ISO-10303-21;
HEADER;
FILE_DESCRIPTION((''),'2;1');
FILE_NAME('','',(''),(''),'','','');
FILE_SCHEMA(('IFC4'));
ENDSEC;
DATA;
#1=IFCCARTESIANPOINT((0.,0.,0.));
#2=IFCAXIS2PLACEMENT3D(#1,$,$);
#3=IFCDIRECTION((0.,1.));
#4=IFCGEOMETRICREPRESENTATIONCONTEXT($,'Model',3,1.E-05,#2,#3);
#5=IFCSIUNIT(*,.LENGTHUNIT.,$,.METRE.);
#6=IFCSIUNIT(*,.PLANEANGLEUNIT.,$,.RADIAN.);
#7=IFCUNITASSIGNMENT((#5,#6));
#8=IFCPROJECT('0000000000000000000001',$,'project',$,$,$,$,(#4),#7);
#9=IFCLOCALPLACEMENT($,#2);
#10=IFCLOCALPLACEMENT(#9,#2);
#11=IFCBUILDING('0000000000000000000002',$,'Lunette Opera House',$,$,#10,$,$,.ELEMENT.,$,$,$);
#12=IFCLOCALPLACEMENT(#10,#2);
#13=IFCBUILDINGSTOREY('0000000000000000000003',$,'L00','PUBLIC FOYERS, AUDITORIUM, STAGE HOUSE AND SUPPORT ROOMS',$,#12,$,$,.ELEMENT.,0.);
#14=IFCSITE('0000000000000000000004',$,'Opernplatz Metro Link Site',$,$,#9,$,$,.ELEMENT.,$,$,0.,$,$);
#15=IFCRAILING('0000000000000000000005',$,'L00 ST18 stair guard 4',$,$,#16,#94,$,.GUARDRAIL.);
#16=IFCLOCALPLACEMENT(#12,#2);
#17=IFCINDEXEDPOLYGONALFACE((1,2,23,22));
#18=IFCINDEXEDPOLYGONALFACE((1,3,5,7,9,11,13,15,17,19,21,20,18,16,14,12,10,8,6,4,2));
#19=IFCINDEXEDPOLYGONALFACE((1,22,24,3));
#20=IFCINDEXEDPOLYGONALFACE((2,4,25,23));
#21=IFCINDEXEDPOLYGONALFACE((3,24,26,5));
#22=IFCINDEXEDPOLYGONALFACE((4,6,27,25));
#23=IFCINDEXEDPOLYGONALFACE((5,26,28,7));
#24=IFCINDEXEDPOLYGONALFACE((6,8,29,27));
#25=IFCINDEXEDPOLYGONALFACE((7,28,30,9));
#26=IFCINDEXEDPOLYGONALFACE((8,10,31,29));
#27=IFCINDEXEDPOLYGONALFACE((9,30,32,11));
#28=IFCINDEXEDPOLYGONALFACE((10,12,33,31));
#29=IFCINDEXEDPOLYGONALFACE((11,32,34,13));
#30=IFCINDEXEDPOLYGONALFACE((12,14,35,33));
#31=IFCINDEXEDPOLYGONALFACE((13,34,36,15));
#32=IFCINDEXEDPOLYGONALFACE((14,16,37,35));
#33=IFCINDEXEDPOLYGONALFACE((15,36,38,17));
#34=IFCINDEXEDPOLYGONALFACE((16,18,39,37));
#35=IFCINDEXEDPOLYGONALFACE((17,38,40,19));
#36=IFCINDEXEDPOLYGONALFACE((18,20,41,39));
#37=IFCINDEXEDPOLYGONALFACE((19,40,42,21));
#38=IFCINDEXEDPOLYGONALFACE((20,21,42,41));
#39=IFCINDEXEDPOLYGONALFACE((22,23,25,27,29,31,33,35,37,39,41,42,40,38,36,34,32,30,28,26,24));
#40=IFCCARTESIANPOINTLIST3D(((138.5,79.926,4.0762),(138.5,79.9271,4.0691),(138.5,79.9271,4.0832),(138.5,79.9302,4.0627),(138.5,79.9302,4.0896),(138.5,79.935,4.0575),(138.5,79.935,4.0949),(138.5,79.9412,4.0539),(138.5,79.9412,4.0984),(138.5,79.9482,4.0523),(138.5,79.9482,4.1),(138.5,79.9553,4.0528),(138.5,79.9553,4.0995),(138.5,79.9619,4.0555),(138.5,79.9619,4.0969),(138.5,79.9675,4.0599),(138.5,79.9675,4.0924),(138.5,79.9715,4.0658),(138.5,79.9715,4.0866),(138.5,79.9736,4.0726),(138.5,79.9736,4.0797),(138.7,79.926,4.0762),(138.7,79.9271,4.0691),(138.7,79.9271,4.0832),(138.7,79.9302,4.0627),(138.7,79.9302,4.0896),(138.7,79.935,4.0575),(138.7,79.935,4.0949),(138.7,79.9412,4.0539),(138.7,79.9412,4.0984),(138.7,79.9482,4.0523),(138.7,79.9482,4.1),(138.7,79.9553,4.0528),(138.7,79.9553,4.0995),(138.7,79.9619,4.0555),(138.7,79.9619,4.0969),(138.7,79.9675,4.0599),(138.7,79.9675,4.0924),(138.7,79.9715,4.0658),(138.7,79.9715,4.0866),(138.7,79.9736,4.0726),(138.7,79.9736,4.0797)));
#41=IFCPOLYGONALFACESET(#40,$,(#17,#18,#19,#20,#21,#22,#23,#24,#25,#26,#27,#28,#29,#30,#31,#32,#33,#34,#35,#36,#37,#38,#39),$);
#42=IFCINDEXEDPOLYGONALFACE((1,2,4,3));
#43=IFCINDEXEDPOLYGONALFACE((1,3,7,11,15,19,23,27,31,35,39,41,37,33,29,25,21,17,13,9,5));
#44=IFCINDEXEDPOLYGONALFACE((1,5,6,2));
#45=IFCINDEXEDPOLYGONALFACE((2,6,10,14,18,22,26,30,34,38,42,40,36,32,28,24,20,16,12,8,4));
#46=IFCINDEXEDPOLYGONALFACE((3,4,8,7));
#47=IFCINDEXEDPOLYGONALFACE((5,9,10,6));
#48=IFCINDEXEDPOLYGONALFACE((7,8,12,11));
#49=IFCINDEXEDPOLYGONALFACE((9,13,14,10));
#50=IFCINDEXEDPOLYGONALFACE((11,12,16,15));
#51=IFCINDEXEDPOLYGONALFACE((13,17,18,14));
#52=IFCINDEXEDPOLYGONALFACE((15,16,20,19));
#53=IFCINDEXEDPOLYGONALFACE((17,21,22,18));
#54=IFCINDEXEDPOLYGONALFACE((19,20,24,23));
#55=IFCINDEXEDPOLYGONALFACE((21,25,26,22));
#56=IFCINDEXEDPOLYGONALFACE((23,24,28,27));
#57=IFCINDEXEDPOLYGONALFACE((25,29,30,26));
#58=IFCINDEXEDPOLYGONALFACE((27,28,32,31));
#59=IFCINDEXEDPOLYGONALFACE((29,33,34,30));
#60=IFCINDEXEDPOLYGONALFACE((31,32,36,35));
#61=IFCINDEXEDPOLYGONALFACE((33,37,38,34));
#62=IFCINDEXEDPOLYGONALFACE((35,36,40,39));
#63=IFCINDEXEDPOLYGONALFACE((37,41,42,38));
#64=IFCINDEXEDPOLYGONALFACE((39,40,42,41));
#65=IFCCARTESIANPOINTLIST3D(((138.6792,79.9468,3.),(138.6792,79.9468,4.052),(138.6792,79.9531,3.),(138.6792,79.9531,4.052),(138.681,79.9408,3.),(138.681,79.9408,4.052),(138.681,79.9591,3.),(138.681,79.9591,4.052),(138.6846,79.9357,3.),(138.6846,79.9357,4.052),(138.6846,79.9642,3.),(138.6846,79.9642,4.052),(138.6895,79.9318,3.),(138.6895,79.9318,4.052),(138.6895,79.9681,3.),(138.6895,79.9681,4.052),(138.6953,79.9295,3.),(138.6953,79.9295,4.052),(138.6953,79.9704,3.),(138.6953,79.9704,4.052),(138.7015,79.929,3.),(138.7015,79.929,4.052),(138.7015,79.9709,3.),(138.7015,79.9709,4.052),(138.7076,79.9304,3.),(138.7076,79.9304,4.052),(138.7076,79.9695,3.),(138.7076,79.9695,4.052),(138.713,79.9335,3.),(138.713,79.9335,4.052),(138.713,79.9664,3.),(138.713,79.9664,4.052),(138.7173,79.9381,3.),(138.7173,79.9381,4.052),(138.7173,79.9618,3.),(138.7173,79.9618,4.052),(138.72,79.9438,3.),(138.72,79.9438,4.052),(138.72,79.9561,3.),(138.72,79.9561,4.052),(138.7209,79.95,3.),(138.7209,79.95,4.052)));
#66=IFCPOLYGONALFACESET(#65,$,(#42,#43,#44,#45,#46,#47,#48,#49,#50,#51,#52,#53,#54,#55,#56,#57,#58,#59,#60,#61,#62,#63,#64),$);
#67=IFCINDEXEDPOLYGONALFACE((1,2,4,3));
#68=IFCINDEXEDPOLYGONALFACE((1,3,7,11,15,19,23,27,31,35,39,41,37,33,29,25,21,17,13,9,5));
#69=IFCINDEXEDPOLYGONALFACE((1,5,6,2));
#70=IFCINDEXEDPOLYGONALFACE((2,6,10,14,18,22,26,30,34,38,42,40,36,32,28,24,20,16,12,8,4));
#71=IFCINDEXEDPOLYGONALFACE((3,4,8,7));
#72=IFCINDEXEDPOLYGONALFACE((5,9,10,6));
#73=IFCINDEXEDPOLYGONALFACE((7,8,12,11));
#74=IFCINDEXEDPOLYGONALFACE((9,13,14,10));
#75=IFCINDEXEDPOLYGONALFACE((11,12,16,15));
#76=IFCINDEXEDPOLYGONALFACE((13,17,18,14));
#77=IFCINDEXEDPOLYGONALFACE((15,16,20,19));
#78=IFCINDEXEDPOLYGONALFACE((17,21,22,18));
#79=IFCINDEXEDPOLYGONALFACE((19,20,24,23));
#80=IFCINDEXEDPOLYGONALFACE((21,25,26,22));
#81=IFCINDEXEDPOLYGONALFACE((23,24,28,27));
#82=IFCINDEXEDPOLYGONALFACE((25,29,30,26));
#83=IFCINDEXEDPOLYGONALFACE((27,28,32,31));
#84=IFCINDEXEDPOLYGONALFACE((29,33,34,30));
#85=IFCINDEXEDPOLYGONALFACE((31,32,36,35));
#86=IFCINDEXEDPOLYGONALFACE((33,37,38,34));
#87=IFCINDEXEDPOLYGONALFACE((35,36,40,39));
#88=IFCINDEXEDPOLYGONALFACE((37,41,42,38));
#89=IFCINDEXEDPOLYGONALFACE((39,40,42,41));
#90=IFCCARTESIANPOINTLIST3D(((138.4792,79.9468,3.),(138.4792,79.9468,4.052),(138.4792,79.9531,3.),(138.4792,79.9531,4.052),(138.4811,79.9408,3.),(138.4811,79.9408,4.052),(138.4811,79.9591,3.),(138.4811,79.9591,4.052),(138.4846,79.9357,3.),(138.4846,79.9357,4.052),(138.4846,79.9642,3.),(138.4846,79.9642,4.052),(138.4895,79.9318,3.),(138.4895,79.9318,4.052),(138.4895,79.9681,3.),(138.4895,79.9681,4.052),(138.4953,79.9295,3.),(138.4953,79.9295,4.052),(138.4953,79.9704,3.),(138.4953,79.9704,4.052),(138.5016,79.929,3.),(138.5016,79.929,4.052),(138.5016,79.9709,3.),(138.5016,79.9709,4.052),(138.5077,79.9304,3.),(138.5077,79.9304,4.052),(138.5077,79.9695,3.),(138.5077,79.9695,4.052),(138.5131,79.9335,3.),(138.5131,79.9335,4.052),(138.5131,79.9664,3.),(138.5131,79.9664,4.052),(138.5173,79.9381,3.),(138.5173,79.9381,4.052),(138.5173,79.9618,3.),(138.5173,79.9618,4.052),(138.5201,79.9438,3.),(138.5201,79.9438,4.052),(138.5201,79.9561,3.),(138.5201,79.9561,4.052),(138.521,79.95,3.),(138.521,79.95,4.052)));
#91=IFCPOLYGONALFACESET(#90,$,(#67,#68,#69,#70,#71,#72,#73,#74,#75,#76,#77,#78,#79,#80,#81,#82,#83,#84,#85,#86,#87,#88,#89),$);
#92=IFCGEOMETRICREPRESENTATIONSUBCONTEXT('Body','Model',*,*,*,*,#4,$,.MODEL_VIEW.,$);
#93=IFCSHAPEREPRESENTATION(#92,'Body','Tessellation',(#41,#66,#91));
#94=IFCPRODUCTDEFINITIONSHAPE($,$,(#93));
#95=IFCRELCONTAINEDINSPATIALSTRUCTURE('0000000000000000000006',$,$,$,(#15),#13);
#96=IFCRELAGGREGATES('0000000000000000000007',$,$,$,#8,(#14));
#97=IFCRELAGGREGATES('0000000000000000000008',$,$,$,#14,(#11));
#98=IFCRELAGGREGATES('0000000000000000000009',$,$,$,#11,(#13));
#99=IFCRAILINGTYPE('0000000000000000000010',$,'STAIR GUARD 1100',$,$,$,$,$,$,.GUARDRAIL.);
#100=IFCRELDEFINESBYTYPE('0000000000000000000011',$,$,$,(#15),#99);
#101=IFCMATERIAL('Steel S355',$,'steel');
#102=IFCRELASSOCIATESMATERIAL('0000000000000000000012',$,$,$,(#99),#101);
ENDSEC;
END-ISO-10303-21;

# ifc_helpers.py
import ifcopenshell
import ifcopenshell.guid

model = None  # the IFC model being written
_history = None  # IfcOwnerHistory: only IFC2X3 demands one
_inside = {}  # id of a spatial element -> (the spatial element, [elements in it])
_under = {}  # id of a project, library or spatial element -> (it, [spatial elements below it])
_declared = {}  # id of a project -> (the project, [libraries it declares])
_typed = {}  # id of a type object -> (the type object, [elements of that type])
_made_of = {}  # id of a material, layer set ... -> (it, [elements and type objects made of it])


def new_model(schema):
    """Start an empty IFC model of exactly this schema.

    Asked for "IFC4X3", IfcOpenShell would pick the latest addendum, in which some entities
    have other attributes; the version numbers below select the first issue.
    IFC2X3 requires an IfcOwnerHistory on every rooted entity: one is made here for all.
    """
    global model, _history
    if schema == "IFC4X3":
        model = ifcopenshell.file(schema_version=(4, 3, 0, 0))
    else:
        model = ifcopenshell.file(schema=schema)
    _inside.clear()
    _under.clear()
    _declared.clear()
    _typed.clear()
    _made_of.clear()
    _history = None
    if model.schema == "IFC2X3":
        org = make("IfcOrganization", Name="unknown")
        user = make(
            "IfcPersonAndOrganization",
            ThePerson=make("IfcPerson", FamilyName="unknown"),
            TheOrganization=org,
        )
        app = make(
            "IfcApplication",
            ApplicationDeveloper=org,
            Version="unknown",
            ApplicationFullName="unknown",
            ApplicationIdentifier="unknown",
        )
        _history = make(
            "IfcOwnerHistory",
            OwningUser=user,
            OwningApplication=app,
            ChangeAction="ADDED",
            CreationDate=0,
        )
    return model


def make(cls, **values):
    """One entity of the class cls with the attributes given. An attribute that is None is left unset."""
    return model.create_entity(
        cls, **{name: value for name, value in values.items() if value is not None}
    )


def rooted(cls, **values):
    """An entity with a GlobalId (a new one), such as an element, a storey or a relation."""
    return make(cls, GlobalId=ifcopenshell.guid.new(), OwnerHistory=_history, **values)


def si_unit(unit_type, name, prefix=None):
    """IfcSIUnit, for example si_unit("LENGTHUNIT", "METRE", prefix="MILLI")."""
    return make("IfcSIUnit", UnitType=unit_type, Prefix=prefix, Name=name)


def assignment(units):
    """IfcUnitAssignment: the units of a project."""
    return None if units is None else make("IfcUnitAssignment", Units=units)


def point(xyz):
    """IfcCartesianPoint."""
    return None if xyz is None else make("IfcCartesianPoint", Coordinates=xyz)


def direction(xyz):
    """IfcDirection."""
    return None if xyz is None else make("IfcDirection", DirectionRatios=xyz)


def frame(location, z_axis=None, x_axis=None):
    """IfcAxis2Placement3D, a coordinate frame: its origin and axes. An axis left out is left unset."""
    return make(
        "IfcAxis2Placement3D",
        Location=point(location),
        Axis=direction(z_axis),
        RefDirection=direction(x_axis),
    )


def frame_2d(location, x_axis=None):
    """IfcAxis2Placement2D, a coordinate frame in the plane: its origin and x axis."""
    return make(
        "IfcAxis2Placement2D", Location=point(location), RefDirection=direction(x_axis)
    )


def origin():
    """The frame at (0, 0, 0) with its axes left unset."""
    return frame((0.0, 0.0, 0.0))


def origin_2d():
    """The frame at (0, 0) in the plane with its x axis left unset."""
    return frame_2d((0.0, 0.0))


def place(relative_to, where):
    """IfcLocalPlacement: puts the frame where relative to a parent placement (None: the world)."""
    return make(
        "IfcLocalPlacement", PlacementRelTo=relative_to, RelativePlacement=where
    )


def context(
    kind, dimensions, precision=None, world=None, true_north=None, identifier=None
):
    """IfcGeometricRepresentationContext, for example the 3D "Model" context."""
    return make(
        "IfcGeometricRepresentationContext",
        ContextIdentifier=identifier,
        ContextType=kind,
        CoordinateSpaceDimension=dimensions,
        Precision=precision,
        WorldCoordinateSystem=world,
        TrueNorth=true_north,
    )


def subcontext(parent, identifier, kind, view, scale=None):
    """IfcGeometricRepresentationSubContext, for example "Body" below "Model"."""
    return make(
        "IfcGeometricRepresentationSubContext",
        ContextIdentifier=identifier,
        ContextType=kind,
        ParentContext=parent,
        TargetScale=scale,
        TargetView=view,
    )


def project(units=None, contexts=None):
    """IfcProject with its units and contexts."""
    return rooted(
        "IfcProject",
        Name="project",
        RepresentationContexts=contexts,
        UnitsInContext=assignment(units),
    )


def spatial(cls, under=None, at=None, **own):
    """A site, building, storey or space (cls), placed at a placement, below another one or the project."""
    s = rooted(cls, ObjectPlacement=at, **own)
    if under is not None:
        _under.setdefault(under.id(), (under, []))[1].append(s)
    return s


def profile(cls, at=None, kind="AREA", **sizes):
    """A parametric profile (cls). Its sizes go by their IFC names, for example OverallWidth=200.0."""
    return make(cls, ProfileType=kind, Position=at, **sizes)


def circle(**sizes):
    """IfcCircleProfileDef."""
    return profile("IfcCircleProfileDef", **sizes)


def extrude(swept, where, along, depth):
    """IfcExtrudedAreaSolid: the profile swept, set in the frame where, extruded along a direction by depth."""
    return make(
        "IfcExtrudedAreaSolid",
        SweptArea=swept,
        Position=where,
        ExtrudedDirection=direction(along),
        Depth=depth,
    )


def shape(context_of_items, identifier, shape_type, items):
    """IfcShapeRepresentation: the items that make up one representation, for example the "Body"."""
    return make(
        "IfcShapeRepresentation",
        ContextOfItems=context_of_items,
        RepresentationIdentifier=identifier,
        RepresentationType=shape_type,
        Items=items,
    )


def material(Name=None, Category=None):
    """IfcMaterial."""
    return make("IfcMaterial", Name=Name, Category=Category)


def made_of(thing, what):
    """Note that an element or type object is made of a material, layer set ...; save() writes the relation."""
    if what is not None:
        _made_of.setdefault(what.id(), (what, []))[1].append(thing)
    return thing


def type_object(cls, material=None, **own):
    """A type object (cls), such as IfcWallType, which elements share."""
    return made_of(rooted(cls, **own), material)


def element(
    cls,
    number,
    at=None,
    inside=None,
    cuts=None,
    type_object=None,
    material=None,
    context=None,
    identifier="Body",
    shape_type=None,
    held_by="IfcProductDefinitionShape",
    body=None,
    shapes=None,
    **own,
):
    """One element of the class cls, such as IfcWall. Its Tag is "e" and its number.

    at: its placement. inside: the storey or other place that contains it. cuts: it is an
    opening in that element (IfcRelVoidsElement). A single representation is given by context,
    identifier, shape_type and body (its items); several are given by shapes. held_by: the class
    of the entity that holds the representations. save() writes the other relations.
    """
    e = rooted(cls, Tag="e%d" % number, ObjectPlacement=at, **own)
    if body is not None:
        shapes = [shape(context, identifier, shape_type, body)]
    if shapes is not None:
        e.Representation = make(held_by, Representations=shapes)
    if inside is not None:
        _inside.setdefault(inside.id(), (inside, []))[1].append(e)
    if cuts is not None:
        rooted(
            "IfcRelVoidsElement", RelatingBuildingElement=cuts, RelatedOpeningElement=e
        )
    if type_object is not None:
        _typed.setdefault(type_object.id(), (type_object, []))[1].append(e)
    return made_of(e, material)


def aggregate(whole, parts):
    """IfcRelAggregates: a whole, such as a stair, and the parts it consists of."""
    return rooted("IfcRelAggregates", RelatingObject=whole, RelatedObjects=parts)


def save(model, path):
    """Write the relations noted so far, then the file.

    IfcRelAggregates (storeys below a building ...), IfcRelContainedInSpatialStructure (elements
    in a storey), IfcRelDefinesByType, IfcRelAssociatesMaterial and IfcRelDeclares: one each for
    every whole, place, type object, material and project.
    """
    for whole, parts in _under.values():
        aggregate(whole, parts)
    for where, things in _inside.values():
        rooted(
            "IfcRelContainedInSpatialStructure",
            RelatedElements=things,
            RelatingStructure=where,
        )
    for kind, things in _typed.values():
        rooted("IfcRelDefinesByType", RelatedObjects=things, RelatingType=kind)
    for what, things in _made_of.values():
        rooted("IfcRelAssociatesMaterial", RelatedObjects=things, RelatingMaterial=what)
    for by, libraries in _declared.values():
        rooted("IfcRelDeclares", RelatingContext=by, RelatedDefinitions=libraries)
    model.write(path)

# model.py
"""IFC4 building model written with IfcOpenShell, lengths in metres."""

from ifc_helpers import new_model, si_unit, direction, frame, origin, origin_2d, place, context, subcontext, project, spatial, circle, extrude, material, type_object, element, save


model = new_model("IFC4")

# Units and contexts
model_context = context("Model", 3, precision=1e-05, world=origin(), true_north=direction((0.0, 1.0)))
body_context = subcontext(model_context, "Body", "Model", "MODEL_VIEW")
ifc_project = project(units=[si_unit("LENGTHUNIT", "METRE"), si_unit("PLANEANGLEUNIT", "RADIAN")], contexts=[model_context])

# Site, building, storey
site_placement = place(None, origin())
site = spatial("IfcSite", under=ifc_project, at=site_placement, Name="Opernplatz Metro Link Site", CompositionType="ELEMENT", RefElevation=0.0)
building_placement = place(site_placement, origin())
building = spatial("IfcBuilding", under=site, at=building_placement, Name="Lunette Opera House", CompositionType="ELEMENT")
storey_placement = place(building_placement, origin())
storey = spatial("IfcBuildingStorey", under=building, at=storey_placement, Name="L00", Description="PUBLIC FOYERS, AUDITORIUM, STAGE HOUSE AND SUPPORT ROOMS", CompositionType="ELEMENT", Elevation=0.0)

# Railing
ifc_material_1 = material(Name="Steel S355", Category="steel")
railing_type_1 = type_object("IfcRailingType", Name="STAIR GUARD 1100", PredefinedType="GUARDRAIL", material=ifc_material_1)
railing_1_placement = place(storey_placement, frame((138.7, 79.95, 3.0)))
element("IfcRailing", 1, at=railing_1_placement, inside=storey, type_object=railing_type_1, Name="L00 ST18 stair guard 4", PredefinedType="GUARDRAIL", context=body_context, shape_type="SweptSolid", body=[
    extrude(circle(Radius=0.0239, at=origin_2d()), frame((0.0, 0.0, 1.0762), z_axis=(-1.0, 0.0, 0.0), x_axis=(0.0, -1.0, 0.0)), (0.0, 0.0, 1.0), 0.2),
    extrude(circle(Radius=0.021, at=origin_2d()), origin(), (0.0, 0.0, 1.0), 1.052),
    extrude(circle(Radius=0.021, at=origin_2d()), frame((-0.2, 0.0, 0.0)), (0.0, 0.0, 1.0), 1.052),
])

save(model, "model.ifc")
